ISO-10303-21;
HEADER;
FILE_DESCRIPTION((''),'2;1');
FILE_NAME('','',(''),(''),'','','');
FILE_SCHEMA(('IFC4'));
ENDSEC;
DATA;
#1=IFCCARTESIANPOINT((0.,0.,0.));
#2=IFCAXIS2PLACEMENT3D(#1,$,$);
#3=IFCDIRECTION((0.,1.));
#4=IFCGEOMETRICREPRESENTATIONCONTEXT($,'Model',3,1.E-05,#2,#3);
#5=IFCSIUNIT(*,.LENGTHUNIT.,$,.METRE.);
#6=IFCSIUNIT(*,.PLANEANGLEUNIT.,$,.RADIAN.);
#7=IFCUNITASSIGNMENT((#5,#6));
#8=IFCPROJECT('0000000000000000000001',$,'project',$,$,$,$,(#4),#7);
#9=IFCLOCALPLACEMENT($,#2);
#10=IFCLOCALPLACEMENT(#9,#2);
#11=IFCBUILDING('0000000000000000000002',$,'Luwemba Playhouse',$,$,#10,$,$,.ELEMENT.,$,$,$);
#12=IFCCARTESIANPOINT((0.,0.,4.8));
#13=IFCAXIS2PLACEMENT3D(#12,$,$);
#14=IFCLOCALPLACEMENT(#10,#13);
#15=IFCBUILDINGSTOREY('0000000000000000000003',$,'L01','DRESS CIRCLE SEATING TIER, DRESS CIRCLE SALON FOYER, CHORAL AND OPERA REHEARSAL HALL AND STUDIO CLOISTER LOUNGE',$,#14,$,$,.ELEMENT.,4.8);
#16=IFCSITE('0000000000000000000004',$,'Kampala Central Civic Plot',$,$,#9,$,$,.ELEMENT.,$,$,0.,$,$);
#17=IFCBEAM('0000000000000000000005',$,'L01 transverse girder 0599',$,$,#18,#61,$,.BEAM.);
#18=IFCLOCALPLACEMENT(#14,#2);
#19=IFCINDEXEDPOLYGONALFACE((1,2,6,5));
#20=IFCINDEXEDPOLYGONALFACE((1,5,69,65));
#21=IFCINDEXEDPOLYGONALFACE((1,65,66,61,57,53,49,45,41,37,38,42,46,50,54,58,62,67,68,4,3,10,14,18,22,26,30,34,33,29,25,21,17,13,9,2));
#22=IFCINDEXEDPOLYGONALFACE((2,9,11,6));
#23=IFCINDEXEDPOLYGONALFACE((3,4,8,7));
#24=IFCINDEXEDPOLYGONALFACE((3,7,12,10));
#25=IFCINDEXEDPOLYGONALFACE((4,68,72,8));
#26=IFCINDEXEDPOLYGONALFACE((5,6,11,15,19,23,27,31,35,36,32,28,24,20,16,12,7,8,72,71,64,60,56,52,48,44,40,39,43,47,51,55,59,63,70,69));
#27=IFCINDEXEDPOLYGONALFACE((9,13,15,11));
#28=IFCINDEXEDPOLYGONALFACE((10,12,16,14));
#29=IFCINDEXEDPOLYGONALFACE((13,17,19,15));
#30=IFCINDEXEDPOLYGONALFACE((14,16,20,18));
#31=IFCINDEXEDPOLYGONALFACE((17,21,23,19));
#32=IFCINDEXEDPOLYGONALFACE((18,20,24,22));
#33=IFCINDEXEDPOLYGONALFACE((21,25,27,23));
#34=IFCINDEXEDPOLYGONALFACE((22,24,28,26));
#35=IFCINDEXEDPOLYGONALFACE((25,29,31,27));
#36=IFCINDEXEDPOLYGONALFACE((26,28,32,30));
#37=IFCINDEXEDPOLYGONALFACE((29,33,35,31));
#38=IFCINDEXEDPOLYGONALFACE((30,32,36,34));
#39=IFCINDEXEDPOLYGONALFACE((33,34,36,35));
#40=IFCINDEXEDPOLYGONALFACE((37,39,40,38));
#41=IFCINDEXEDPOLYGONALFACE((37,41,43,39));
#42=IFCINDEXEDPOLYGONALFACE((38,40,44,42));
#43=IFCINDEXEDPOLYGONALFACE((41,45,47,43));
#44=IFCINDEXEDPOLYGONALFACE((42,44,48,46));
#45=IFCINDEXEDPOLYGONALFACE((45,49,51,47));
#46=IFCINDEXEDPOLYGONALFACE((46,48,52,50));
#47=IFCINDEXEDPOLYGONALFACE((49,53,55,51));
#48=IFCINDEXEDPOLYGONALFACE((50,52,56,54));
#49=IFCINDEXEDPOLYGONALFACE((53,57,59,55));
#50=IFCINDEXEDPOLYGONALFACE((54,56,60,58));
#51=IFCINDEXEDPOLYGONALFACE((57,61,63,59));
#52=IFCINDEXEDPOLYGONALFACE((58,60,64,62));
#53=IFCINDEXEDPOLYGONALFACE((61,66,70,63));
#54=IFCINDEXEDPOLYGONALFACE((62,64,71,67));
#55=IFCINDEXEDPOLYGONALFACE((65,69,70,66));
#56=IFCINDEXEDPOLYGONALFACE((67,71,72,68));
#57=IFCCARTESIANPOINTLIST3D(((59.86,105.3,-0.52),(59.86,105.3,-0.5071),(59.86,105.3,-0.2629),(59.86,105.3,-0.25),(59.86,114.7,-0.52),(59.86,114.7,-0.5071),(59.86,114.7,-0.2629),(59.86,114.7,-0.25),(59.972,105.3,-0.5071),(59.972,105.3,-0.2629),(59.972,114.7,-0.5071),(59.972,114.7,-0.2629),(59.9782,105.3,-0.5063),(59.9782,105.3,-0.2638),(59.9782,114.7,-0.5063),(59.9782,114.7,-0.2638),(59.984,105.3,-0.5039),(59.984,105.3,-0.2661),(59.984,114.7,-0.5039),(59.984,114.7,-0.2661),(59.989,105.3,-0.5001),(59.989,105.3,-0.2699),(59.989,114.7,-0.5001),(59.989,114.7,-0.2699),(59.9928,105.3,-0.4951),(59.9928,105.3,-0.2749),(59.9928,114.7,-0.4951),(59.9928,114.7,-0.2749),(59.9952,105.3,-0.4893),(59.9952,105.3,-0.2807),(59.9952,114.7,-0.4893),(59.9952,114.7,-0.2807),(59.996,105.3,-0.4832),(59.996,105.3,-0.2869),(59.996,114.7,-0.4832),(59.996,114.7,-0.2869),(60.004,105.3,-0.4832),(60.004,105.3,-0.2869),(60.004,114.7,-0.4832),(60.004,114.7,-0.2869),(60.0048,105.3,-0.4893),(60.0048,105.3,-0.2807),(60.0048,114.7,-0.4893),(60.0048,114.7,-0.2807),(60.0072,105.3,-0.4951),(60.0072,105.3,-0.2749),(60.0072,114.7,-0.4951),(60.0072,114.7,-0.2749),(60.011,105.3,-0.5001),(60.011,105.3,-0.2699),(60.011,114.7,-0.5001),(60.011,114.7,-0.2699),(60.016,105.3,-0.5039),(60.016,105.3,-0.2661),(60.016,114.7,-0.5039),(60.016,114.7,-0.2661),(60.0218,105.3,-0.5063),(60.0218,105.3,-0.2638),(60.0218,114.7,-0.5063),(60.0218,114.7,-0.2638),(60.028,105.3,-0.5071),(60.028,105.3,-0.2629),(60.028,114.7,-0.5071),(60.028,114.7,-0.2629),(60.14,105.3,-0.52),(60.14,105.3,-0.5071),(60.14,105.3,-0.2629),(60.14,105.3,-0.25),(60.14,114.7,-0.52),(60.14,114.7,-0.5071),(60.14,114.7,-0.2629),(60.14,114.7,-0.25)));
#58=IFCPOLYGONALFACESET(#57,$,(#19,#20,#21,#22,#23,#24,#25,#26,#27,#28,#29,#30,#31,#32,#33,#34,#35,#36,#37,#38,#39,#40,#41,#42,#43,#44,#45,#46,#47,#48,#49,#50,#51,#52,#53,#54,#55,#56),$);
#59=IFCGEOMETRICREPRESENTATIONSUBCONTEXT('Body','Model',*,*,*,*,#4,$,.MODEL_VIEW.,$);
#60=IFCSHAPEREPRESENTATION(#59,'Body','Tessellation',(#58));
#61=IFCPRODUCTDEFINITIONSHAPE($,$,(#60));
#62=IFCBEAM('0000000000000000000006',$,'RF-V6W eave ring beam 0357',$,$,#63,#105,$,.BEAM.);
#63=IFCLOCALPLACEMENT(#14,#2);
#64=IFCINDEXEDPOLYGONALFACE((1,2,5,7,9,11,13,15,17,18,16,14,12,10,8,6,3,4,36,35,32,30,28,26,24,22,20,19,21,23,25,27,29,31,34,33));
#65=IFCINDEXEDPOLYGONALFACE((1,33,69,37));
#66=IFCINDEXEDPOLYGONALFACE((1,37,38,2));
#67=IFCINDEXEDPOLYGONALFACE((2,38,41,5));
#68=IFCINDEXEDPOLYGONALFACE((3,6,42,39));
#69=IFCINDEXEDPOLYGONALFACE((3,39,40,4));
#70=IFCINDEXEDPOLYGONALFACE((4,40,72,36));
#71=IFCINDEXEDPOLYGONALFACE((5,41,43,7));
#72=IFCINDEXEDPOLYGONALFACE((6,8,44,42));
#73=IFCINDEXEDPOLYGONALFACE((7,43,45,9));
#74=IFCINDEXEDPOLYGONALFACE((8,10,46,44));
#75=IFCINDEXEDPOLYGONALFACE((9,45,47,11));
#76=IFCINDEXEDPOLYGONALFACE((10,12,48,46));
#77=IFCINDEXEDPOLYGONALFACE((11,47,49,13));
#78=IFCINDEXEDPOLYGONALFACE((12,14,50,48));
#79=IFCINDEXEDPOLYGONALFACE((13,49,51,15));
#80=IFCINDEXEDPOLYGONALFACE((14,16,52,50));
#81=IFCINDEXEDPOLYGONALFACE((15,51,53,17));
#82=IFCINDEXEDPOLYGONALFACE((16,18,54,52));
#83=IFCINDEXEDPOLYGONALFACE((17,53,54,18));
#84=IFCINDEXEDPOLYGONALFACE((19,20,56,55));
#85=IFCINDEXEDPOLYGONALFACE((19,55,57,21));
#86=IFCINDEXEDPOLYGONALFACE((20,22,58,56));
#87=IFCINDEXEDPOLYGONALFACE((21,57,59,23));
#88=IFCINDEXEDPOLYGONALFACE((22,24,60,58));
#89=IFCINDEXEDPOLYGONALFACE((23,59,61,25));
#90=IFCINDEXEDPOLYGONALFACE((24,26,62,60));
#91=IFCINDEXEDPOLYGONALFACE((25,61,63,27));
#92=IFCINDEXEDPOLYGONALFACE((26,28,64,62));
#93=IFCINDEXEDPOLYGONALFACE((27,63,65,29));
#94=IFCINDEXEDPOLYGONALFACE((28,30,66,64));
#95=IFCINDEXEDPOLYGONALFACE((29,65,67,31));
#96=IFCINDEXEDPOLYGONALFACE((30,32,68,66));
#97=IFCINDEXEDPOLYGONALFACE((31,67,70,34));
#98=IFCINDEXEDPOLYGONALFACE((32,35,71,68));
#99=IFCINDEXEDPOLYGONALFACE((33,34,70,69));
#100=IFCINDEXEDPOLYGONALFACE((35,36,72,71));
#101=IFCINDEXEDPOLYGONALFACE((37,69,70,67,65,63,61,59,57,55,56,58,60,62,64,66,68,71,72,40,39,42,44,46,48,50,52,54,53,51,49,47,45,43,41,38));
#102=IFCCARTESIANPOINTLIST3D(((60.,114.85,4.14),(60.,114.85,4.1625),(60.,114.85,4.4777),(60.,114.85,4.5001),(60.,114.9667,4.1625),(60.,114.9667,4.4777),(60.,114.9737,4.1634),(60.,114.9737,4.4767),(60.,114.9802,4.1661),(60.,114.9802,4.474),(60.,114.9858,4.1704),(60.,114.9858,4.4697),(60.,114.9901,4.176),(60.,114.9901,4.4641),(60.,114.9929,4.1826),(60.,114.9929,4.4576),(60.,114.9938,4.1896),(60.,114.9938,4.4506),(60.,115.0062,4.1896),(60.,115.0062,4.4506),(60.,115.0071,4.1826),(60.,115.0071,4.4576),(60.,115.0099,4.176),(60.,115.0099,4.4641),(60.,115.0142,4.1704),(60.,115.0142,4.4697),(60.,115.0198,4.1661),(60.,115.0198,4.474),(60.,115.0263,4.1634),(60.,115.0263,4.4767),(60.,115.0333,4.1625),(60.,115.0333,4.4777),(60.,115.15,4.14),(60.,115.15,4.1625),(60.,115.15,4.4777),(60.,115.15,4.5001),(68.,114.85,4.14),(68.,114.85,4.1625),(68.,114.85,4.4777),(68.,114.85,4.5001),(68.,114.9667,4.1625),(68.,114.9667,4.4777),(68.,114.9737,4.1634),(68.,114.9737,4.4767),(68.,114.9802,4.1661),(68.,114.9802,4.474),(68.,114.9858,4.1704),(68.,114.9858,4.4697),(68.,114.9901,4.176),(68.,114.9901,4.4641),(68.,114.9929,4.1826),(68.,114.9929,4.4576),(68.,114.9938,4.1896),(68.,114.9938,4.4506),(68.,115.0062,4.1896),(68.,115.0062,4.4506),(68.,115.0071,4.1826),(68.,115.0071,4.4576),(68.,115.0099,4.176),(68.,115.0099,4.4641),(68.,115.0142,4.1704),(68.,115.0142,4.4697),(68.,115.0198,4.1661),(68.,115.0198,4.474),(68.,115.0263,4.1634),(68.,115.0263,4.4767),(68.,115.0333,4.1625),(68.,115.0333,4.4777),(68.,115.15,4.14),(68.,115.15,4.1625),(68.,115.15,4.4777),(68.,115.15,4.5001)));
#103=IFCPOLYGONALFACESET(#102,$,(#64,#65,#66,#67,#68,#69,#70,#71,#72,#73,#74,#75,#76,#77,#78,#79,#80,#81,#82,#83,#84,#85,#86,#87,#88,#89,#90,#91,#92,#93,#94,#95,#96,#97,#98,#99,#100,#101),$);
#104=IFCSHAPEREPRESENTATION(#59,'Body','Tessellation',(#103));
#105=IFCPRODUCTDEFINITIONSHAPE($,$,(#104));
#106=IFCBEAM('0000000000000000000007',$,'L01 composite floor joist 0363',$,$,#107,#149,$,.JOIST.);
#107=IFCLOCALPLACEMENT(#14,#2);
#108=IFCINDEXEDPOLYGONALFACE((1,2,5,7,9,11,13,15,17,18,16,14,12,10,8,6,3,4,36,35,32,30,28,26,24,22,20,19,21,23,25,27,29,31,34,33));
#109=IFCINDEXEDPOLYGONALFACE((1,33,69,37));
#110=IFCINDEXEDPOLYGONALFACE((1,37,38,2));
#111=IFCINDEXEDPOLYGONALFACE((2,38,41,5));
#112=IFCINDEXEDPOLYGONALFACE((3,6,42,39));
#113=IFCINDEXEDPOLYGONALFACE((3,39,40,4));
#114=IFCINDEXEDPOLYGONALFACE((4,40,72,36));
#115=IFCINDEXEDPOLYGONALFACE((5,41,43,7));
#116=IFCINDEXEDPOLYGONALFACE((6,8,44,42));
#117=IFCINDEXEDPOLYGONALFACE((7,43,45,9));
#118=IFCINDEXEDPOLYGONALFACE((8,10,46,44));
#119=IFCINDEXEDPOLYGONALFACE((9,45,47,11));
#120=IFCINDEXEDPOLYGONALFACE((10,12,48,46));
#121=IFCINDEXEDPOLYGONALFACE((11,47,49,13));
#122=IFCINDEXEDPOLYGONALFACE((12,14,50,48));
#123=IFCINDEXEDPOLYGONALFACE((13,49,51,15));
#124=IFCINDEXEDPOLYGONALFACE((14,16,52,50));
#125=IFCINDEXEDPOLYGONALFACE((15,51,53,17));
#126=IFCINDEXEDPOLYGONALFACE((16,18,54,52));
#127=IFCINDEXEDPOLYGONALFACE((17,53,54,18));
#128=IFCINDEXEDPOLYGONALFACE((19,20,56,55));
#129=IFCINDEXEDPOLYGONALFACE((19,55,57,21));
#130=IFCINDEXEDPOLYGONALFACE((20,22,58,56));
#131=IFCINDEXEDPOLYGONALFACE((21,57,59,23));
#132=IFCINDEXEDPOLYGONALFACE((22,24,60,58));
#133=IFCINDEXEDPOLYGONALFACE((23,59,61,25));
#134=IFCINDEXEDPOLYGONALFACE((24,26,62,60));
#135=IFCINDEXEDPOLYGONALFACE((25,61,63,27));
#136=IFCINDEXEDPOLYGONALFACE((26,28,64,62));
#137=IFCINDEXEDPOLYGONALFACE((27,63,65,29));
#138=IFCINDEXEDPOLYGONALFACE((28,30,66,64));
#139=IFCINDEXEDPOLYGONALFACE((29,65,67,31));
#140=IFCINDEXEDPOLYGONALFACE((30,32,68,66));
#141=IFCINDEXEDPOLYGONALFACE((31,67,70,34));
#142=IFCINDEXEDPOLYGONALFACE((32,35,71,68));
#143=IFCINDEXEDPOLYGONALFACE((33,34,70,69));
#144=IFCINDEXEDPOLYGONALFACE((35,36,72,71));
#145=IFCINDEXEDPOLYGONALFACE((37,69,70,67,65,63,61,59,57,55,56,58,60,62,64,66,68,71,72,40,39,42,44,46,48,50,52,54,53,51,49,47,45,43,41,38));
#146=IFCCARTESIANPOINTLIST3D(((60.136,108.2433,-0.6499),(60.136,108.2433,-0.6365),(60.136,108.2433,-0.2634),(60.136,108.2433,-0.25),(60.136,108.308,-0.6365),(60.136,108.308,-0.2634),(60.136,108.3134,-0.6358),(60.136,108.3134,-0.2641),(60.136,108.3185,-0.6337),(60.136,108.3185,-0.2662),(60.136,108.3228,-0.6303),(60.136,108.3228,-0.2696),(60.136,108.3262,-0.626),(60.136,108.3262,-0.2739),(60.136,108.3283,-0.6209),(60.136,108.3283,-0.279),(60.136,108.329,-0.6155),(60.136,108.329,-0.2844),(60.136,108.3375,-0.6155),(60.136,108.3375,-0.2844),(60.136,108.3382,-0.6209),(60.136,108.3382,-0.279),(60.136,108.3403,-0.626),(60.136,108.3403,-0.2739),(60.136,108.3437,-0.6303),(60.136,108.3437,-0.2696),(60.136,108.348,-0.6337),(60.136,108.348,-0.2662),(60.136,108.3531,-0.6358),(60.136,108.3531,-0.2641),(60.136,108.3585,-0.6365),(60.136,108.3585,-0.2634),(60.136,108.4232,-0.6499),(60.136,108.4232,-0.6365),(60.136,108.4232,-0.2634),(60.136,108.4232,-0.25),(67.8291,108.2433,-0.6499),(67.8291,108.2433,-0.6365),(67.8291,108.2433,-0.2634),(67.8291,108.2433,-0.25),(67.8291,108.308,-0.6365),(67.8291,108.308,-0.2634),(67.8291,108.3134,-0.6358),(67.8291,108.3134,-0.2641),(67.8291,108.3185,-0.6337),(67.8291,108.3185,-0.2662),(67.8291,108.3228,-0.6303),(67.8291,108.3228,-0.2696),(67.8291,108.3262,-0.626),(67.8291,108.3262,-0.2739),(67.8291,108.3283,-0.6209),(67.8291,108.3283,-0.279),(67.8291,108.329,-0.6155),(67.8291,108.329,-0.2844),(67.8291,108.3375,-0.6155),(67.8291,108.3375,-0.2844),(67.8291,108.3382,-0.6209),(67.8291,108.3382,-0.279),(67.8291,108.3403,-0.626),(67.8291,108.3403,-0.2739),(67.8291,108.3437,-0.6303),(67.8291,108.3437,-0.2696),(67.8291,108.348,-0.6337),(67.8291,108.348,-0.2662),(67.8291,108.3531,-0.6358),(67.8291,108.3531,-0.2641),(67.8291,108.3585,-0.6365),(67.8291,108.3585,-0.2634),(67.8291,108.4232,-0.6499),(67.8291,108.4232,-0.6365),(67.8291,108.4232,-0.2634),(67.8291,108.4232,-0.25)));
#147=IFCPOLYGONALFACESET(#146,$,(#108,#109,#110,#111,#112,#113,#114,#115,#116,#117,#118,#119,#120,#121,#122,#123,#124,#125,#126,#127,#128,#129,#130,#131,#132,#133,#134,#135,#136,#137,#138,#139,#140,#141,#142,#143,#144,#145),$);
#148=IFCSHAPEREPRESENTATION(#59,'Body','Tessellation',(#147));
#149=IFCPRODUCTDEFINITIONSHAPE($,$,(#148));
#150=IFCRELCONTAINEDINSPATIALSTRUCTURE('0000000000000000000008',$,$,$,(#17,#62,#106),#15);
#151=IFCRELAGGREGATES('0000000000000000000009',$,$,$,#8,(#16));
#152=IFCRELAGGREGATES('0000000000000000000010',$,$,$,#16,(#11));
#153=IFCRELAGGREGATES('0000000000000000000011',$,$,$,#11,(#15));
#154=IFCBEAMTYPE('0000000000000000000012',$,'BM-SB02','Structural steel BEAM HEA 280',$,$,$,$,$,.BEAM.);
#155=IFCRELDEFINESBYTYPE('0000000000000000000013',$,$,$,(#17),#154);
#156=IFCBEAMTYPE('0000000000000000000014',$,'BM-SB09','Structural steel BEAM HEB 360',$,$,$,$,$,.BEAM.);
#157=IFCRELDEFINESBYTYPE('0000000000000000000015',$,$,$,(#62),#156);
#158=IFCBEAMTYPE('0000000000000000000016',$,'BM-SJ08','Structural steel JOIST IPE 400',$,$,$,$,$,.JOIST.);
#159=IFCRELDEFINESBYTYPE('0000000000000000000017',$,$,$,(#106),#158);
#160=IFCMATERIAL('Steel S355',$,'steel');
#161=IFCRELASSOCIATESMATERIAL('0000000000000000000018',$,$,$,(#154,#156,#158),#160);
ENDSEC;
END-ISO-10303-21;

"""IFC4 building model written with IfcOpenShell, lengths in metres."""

from ifc_helpers import new_model, si_unit, direction, frame, origin, origin_2d, place, context, subcontext, project, spatial, i_section, extrude, material, material_profile, profile_set, type_object, element, save


model = new_model("IFC4")

# Units and contexts
model_context = context("Model", 3, precision=1e-05, world=origin(), true_north=direction((0.0, 1.0)))
body_context = subcontext(model_context, "Body", "Model", "MODEL_VIEW")
ifc_project = project(units=[si_unit("LENGTHUNIT", "METRE"), si_unit("PLANEANGLEUNIT", "RADIAN")], contexts=[model_context])

# Site, building, storey
site_placement = place(None, origin())
site = spatial("IfcSite", under=ifc_project, at=site_placement, Name="Kampala Central Civic Plot", CompositionType="ELEMENT", RefElevation=0.0)
building_placement = place(site_placement, origin())
building = spatial("IfcBuilding", under=site, at=building_placement, Name="Luwemba Playhouse", CompositionType="ELEMENT")
storey_placement = place(building_placement, frame((0.0, 0.0, 4.8)))
storey = spatial("IfcBuildingStorey", under=building, at=storey_placement, Name="L01", Description="DRESS CIRCLE SEATING TIER, DRESS CIRCLE SALON FOYER, CHORAL AND OPERA REHEARSAL HALL AND STUDIO CLOISTER LOUNGE", CompositionType="ELEMENT", Elevation=4.8)

# Beams
ifc_material_1 = material(Name="Steel S355", Category="steel")
ifc_material_profile_1 = material_profile(ifc_material_1, i_section(OverallWidth=0.28, OverallDepth=0.27, WebThickness=0.0081, FlangeThickness=0.0129, FilletRadius=0.0239, at=origin_2d()))
ifc_profile_set_1 = profile_set([ifc_material_profile_1], Name="Steel S355")
beam_type_1 = type_object("IfcBeamType", Name="BM-SB02", Description="Structural steel BEAM HEA 280", PredefinedType="BEAM", material=ifc_profile_set_1)
beam_1_placement = place(storey_placement, frame((60.0, 105.3, -0.385), z_axis=(0.0, 1.0, 0.0), x_axis=(-1.0, 0.0, 0.0)))
element("IfcBeam", 1, at=beam_1_placement, inside=storey, type_object=beam_type_1, Name="L01 transverse girder 0599", PredefinedType="BEAM", context=body_context, shape_type="SweptSolid", body=[
    extrude(i_section(OverallWidth=0.28, OverallDepth=0.27, WebThickness=0.0081, FlangeThickness=0.0129, FilletRadius=0.0239, at=origin_2d()), origin(), (0.0, 0.0, 1.0), 9.3999),
])
ifc_material_profile_2 = material_profile(ifc_material_1, i_section(OverallWidth=0.3, OverallDepth=0.3601, WebThickness=0.0125, FlangeThickness=0.0225, FilletRadius=0.0271, at=origin_2d()))
ifc_profile_set_2 = profile_set([ifc_material_profile_2], Name="Steel S355")
beam_type_2 = type_object("IfcBeamType", Name="BM-SB09", Description="Structural steel BEAM HEB 360", PredefinedType="BEAM", material=ifc_profile_set_2)
beam_2_placement = place(storey_placement, frame((60.0, 115.0, 4.3201), z_axis=(1.0, 0.0, 0.0), x_axis=(0.0, 1.0, 0.0)))
element("IfcBeam", 2, at=beam_2_placement, inside=storey, type_object=beam_type_2, Name="RF-V6W eave ring beam 0357", PredefinedType="BEAM", context=body_context, shape_type="SweptSolid", body=[
    extrude(i_section(OverallWidth=0.3, OverallDepth=0.3601, WebThickness=0.0125, FlangeThickness=0.0225, FilletRadius=0.0271, at=origin_2d()), origin(), (0.0, 0.0, 1.0), 8.0),
])
ifc_material_profile_3 = material_profile(ifc_material_1, i_section(OverallWidth=0.1799, OverallDepth=0.3999, WebThickness=0.0085, FlangeThickness=0.0134, FilletRadius=0.021, at=origin_2d()))
ifc_profile_set_3 = profile_set([ifc_material_profile_3], Name="Steel S355")
beam_type_3 = type_object("IfcBeamType", Name="BM-SJ08", Description="Structural steel JOIST IPE 400", PredefinedType="JOIST", material=ifc_profile_set_3)
beam_3_placement = place(storey_placement, frame((60.136, 108.3333, -0.45), z_axis=(1.0, 0.0, 0.0), x_axis=(0.0, 1.0, 0.0)))
element("IfcBeam", 3, at=beam_3_placement, inside=storey, type_object=beam_type_3, Name="L01 composite floor joist 0363", PredefinedType="JOIST", context=body_context, shape_type="SweptSolid", body=[
    extrude(i_section(OverallWidth=0.1799, OverallDepth=0.3999, WebThickness=0.0085, FlangeThickness=0.0134, FilletRadius=0.021, at=origin_2d()), origin(), (0.0, 0.0, 1.0), 7.6931),
])

save(model, "model.ifc")
